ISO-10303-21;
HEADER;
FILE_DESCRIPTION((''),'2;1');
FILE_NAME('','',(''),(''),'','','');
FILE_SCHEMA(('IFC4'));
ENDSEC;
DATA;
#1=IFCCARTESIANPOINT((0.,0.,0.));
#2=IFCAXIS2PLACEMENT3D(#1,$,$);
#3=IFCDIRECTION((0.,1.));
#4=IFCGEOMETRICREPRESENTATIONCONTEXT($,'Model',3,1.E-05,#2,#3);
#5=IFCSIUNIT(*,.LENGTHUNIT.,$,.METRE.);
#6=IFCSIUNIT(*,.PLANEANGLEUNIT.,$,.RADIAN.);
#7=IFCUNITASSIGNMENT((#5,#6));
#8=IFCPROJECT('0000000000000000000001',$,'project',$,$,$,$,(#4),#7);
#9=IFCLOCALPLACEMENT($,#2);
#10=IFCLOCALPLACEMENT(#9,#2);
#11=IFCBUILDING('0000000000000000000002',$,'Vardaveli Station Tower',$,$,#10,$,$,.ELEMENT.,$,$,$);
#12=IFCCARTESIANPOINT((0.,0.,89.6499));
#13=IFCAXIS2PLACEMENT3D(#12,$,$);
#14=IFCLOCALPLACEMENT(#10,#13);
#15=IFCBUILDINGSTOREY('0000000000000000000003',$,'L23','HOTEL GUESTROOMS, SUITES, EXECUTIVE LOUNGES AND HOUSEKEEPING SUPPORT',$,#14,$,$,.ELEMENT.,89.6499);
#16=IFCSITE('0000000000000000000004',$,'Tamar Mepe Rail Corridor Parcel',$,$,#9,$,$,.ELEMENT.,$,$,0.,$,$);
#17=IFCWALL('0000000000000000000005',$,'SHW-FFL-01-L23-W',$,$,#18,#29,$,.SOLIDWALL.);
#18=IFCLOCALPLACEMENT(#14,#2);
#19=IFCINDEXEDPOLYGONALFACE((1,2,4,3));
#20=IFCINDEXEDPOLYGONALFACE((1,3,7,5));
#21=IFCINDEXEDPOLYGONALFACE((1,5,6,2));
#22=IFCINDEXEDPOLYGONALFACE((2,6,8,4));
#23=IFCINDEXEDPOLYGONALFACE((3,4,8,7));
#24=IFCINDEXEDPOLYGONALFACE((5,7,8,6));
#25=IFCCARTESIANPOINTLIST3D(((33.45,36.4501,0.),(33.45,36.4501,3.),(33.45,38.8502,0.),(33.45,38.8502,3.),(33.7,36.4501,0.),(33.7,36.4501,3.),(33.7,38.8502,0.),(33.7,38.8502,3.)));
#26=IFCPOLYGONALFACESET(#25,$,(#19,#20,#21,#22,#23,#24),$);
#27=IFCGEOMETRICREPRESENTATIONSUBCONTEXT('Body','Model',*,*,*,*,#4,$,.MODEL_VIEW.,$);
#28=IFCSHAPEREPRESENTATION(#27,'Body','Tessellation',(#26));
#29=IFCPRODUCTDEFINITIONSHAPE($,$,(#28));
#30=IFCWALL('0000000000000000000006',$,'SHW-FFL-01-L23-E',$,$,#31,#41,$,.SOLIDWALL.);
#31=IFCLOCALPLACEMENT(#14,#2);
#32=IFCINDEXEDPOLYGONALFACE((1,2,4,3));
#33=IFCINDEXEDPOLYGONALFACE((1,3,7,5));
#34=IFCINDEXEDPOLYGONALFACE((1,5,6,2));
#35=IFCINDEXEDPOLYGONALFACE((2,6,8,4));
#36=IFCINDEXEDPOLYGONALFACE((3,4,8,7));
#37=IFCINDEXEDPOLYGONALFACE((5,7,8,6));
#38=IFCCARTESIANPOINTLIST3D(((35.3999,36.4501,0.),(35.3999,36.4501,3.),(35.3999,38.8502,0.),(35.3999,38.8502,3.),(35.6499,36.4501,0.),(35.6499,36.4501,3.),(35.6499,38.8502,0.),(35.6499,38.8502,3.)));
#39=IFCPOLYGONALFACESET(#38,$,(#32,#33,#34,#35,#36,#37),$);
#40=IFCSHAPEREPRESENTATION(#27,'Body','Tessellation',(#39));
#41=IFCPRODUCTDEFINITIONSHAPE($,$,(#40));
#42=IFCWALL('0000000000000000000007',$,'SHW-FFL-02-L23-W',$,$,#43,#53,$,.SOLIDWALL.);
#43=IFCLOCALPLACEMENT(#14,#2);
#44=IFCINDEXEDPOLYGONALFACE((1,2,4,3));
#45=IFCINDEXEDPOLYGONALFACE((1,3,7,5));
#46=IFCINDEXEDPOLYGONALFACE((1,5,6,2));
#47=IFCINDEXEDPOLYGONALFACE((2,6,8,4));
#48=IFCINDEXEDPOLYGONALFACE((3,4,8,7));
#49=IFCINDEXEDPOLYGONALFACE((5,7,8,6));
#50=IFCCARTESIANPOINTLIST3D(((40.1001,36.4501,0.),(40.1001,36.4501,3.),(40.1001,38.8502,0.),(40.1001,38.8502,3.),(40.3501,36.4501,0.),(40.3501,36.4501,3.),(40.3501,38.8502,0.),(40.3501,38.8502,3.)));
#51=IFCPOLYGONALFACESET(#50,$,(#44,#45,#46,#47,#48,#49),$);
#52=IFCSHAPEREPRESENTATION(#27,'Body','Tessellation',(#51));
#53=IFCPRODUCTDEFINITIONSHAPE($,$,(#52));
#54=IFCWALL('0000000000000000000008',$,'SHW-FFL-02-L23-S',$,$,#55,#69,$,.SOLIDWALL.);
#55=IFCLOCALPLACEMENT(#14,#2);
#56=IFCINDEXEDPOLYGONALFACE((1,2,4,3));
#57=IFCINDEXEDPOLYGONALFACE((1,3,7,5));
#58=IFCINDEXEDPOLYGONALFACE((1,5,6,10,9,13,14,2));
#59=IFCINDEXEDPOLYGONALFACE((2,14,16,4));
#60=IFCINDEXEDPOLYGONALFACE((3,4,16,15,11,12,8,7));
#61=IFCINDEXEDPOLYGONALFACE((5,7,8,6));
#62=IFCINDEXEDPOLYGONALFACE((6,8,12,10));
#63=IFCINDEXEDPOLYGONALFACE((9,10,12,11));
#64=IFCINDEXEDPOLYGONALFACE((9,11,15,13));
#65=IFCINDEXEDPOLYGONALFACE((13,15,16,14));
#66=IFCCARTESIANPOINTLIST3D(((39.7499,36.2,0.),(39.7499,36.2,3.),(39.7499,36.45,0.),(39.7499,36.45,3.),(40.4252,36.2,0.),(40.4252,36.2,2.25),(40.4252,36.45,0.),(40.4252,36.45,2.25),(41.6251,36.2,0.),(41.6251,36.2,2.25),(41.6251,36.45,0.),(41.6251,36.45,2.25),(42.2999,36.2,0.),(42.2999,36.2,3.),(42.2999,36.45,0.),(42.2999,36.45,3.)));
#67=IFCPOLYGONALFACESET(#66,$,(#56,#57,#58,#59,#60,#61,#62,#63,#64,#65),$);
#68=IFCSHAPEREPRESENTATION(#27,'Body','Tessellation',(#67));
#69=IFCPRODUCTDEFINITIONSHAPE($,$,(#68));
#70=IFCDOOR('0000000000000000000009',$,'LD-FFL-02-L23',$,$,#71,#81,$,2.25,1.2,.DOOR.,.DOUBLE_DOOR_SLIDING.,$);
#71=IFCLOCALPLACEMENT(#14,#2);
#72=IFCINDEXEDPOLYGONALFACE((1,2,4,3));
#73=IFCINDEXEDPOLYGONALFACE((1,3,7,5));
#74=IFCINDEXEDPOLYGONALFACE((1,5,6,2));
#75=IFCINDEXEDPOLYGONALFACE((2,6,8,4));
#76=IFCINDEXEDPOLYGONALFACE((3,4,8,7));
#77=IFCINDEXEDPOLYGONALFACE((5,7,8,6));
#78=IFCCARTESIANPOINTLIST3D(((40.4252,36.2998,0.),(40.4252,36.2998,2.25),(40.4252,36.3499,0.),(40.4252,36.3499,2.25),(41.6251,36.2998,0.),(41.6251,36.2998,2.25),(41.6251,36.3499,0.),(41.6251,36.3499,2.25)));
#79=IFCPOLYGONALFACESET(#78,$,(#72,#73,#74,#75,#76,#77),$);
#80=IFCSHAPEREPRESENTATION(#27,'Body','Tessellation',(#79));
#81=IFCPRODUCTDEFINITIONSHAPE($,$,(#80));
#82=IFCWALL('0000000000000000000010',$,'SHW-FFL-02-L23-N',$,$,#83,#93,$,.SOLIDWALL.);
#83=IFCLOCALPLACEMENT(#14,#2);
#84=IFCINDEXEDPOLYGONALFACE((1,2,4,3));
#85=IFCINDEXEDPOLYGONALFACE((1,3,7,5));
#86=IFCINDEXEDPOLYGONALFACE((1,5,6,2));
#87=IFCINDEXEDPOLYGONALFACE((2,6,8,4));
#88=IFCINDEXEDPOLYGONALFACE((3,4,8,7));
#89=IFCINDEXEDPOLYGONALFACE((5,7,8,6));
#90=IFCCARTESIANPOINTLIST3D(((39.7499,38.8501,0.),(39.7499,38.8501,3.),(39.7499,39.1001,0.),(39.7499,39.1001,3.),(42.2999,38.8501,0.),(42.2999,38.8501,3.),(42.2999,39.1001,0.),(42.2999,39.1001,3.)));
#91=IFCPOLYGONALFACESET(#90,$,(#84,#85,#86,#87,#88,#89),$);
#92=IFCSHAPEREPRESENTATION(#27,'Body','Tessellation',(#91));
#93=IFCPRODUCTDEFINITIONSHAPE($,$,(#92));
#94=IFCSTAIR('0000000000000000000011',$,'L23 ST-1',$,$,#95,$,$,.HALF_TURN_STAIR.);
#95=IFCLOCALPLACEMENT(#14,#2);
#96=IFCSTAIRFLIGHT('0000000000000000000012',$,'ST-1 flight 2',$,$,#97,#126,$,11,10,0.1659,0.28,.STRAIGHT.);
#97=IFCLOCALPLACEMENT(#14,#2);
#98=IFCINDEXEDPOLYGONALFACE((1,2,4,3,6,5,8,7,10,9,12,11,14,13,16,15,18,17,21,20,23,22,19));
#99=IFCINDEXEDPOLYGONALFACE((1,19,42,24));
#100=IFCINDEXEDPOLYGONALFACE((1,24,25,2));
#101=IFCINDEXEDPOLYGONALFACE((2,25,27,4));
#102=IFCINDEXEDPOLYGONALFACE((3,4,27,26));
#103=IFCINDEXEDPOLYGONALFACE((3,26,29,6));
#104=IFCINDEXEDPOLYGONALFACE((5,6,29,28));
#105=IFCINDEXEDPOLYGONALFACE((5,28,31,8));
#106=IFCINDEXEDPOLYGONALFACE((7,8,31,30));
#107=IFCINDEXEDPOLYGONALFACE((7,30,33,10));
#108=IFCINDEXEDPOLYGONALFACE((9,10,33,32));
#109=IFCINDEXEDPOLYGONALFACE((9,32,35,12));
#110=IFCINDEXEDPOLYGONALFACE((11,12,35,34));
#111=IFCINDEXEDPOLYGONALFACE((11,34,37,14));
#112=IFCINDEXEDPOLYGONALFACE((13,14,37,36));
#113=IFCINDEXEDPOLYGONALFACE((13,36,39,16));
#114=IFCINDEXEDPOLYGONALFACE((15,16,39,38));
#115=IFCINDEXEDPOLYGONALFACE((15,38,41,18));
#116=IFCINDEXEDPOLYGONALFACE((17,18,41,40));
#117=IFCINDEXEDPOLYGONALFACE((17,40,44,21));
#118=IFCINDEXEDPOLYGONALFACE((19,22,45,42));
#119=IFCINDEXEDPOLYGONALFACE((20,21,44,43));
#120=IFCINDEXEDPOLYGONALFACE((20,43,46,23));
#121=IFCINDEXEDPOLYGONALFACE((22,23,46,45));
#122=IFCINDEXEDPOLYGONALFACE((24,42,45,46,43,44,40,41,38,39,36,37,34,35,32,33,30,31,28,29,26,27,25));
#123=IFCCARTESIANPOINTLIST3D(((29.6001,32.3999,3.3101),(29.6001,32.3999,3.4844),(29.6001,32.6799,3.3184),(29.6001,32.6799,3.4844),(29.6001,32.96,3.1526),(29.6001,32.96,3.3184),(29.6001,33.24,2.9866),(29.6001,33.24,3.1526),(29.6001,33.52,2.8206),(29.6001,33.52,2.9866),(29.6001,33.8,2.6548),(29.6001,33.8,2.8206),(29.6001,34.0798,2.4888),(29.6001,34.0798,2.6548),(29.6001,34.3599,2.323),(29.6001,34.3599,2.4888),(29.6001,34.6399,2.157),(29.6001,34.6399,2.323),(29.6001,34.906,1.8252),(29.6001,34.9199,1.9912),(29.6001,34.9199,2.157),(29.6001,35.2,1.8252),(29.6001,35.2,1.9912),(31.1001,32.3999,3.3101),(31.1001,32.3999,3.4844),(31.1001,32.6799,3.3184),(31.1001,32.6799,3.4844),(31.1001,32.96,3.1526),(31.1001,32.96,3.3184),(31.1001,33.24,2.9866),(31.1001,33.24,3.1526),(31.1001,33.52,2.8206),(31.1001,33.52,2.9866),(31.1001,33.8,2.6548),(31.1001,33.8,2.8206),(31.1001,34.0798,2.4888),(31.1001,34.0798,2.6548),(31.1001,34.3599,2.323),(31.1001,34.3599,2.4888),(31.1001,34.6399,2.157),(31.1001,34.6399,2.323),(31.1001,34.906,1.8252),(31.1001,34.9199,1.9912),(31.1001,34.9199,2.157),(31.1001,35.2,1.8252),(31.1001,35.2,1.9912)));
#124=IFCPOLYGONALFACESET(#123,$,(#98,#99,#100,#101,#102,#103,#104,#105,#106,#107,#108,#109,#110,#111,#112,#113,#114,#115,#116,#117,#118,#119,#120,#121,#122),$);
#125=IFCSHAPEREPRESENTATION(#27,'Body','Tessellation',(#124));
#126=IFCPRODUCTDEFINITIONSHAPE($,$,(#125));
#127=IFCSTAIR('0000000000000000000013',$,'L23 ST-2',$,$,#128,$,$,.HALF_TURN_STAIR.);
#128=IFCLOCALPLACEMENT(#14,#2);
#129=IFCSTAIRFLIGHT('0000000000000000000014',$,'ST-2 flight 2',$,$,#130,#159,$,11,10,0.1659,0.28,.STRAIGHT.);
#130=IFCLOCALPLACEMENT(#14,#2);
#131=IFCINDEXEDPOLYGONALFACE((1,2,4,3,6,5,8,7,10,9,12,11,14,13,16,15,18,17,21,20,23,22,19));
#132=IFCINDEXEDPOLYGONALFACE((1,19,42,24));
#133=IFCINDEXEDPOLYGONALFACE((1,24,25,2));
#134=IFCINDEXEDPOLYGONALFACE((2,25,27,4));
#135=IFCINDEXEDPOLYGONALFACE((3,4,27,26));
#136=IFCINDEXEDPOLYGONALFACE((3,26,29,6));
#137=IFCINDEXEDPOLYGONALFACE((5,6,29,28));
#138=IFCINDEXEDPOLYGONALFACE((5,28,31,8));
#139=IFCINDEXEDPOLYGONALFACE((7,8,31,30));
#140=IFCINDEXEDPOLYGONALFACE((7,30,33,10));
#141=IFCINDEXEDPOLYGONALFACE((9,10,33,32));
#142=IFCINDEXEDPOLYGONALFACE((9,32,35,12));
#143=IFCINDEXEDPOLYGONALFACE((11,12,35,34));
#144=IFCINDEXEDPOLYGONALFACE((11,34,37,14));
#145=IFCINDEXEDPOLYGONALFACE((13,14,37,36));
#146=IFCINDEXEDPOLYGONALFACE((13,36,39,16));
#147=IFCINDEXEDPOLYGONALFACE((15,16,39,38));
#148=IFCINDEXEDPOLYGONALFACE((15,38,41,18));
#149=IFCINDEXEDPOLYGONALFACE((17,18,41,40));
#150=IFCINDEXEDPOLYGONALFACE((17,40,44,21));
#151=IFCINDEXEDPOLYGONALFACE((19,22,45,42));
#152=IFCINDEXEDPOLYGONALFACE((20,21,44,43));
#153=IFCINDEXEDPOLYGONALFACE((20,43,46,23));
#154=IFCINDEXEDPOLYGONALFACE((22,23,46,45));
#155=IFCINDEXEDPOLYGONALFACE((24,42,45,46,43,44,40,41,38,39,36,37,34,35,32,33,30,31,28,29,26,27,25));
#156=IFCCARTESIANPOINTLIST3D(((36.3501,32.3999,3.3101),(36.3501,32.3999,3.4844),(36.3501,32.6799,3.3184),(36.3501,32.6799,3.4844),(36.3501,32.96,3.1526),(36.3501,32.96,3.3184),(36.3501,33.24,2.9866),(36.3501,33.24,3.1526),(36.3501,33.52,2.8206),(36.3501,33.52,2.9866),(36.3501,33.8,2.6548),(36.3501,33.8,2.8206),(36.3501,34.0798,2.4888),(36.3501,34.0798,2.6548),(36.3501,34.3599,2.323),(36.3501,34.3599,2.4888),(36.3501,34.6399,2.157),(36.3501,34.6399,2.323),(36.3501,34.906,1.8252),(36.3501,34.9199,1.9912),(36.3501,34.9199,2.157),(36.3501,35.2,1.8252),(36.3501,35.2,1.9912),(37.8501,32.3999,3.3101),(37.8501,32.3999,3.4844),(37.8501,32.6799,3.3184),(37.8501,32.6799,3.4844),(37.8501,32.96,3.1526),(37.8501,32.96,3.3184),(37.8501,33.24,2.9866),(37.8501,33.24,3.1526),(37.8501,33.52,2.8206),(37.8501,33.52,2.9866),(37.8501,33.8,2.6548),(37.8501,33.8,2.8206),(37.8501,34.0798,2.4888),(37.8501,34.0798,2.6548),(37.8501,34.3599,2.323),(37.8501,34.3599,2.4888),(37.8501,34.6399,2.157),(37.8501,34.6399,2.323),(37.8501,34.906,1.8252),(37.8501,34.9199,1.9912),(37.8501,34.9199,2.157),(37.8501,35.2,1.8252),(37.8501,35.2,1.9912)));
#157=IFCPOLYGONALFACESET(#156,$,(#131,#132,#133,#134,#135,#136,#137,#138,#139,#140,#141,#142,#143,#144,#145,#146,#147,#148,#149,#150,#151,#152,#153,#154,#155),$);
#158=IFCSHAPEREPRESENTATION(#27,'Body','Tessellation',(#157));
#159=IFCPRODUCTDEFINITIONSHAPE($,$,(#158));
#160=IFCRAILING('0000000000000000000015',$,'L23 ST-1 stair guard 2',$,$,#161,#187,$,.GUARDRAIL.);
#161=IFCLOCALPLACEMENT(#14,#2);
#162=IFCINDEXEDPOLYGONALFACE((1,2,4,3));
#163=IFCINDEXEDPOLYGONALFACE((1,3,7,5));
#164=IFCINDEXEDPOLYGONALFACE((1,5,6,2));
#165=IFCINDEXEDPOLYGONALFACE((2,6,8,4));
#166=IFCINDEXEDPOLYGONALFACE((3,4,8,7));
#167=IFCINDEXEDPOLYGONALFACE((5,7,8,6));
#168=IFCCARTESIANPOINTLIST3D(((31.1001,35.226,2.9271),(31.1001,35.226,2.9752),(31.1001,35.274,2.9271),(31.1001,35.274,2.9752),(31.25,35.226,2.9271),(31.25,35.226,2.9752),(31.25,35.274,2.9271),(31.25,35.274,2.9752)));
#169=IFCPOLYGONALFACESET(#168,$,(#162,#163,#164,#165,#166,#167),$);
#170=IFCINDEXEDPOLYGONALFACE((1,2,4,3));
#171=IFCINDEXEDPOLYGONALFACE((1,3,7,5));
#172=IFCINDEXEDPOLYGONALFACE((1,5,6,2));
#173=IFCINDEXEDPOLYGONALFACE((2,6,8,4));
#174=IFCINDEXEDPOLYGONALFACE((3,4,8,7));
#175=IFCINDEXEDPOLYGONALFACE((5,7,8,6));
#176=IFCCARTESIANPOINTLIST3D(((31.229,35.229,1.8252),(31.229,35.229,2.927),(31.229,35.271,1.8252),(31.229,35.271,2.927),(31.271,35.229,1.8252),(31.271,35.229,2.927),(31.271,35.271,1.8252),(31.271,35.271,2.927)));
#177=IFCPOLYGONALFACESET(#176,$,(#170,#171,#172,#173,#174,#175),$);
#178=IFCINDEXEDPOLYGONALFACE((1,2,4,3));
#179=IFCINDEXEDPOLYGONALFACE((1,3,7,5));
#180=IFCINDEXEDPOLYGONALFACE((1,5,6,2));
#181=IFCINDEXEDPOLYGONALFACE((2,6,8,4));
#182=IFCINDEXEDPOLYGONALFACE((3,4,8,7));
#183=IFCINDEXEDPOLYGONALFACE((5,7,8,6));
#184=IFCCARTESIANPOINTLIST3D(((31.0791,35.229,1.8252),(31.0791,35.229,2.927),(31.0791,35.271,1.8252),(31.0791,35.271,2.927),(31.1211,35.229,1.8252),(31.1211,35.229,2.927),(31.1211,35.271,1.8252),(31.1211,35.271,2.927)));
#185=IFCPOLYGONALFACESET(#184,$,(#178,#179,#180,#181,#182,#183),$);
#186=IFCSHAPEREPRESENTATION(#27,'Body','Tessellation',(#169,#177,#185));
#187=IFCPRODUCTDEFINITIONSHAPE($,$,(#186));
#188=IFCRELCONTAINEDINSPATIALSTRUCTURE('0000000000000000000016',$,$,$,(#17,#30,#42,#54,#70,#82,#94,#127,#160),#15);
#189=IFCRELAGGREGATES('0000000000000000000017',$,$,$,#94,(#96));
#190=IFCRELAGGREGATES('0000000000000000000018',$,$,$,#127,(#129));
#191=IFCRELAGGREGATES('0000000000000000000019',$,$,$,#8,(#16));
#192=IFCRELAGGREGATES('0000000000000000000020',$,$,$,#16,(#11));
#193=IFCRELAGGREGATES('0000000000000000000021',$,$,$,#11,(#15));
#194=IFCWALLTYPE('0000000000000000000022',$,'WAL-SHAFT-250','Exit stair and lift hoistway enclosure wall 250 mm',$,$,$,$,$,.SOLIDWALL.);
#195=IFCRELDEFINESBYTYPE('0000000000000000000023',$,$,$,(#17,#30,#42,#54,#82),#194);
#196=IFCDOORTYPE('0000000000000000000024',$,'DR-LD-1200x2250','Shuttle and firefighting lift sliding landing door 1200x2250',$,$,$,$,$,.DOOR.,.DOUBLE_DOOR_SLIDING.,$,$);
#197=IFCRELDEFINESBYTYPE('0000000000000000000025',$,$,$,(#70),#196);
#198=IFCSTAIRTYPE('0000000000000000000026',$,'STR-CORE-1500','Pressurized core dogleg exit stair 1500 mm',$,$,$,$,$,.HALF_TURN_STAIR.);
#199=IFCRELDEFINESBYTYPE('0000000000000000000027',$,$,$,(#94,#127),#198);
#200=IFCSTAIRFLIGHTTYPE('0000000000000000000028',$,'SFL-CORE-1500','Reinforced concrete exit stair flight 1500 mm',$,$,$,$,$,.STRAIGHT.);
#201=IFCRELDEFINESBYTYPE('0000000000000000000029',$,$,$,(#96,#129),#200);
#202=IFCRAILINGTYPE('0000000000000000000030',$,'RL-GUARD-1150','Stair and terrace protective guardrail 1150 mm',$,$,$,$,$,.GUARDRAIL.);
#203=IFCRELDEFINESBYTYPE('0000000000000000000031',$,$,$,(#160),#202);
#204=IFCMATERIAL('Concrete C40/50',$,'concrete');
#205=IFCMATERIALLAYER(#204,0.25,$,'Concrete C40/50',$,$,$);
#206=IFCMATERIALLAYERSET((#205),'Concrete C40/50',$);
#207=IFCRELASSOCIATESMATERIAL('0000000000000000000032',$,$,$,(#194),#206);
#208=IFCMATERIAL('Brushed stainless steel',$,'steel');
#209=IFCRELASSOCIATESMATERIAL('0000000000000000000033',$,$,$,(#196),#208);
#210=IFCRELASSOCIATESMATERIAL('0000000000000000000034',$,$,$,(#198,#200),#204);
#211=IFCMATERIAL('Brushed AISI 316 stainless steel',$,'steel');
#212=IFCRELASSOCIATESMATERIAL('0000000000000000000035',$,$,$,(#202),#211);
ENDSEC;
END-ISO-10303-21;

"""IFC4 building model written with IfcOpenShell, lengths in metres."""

from ifc_helpers import new_model, si_unit, direction, frame, frame_2d, origin, origin_2d, place, context, subcontext, project, spatial, polyline, rectangle, outline, extrude, source, transform, mapped, material, layer, layer_set, type_object, element, fill, aggregate, save


model = new_model("IFC4")

# Units and contexts
model_context = context("Model", 3, precision=1e-05, world=origin(), true_north=direction((0.0, 1.0)))
body_context = subcontext(model_context, "Body", "Model", "MODEL_VIEW")
ifc_project = project(units=[si_unit("LENGTHUNIT", "METRE"), si_unit("PLANEANGLEUNIT", "RADIAN")], contexts=[model_context])

# Site, building, storey
site_placement = place(None, origin())
site = spatial("IfcSite", under=ifc_project, at=site_placement, Name="Tamar Mepe Rail Corridor Parcel", CompositionType="ELEMENT", RefElevation=0.0)
building_placement = place(site_placement, origin())
building = spatial("IfcBuilding", under=site, at=building_placement, Name="Vardaveli Station Tower", CompositionType="ELEMENT")
storey_placement = place(building_placement, frame((0.0, 0.0, 89.6499)))
storey = spatial("IfcBuildingStorey", under=building, at=storey_placement, Name="L23", Description="HOTEL GUESTROOMS, SUITES, EXECUTIVE LOUNGES AND HOUSEKEEPING SUPPORT", CompositionType="ELEMENT", Elevation=89.6499)

# Shared definitions
ifc_material_1 = material(Name="Concrete C40/50", Category="concrete")
ifc_layer_1 = layer(ifc_material_1, 0.25, Name="Concrete C40/50")
ifc_layer_set_1 = layer_set([ifc_layer_1], Name="Concrete C40/50")
wall_type_1 = type_object("IfcWallType", Name="WAL-SHAFT-250", Description="Exit stair and lift hoistway enclosure wall 250 mm", PredefinedType="SOLIDWALL", material=ifc_layer_set_1)

# Shared definitions
shared_shape_1 = source(origin(), body_context, "Body", "SweptSolid", [
    extrude(rectangle(XDim=1.2, YDim=2.25, at=frame_2d((0.6001, 1.125))), frame((0.0, 0.135, 0.0), z_axis=(0.0, -1.0, 0.0), x_axis=(1.0, 0.0, 0.0)), (0.0, 0.0, 1.0), 0.27),
])
ifc_material_2 = material(Name="Brushed stainless steel", Category="steel")
door_type = type_object("IfcDoorType", Name="DR-LD-1200x2250", Description="Shuttle and firefighting lift sliding landing door 1200x2250", OperationType="DOUBLE_DOOR_SLIDING", PredefinedType="DOOR", material=ifc_material_2)
shared_shape_2 = source(origin(), body_context, "Body", "SweptSolid", [
    extrude(rectangle(XDim=1.2, YDim=2.25, at=frame_2d((0.6001, 1.125))), frame((0.0, 0.0249, 0.0), z_axis=(0.0, -1.0, 0.0), x_axis=(1.0, 0.0, 0.0)), (0.0, 0.0, 1.0), 0.05),
])

# Walls
shared_shape_3 = source(origin(), body_context, "Body", "SweptSolid", [
    extrude(rectangle(XDim=2.4001, YDim=0.25, at=frame_2d((1.2002, 0.0))), origin(), (0.0, 0.0, 1.0), 3.0),
])
for number, where, z_axis, x_axis, name in (
    (1, (33.575, 36.45, 0.0), (0.0, 0.0, 1.0), (0.0, 1.0, 0.0), "SHW-FFL-01-L23-W"),
    (2, (35.5249, 36.45, 0.0), (0.0, 0.0, 1.0), (0.0, 1.0, 0.0), "SHW-FFL-01-L23-E"),
    (3, (40.2251, 36.45, 0.0), (0.0, 0.0, 1.0), (0.0, 1.0, 0.0), "SHW-FFL-02-L23-W"),
):
    element("IfcWall", number, at=place(storey_placement, frame(where, z_axis=z_axis, x_axis=x_axis)), inside=storey, type_object=wall_type_1, Name=name, PredefinedType="SOLIDWALL", context=body_context, shape_type="MappedRepresentation", body=[
        mapped(shared_shape_3, transform((0.0, 0.0, 0.0), scale=1.0)),
    ])

# Wall, opening, door
shared_shape_4 = source(origin(), body_context, "Body", "SweptSolid", [
    extrude(rectangle(XDim=2.55, YDim=0.25, at=frame_2d((1.2749, 0.0))), origin(), (0.0, 0.0, 1.0), 3.0),
])
wall_1_placement = place(storey_placement, frame((39.75, 36.325, 0.0), z_axis=(0.0, 0.0, 1.0), x_axis=(1.0, 0.0, 0.0)))
wall_1 = element("IfcWall", 4, at=wall_1_placement, inside=storey, type_object=wall_type_1, Name="SHW-FFL-02-L23-S", PredefinedType="SOLIDWALL", context=body_context, shape_type="MappedRepresentation", body=[
    mapped(shared_shape_4, transform((0.0, 0.0, 0.0), scale=1.0)),
])
opening_1_placement = place(wall_1_placement, frame((0.675, 0.0, 0.0)))
opening_1 = element("IfcOpeningElement", 5, at=opening_1_placement, cuts=wall_1, PredefinedType="OPENING", context=body_context, shape_type="MappedRepresentation", body=[
    mapped(shared_shape_1, transform((0.0, 0.0, 0.0), scale=1.0)),
])
door_1_placement = place(opening_1_placement, origin())
door_1 = element("IfcDoor", 6, at=door_1_placement, inside=storey, type_object=door_type, Name="LD-FFL-02-L23", OperationType="DOUBLE_DOOR_SLIDING", OverallHeight=2.25, OverallWidth=1.2, PredefinedType="DOOR", context=body_context, shape_type="MappedRepresentation", body=[
    mapped(shared_shape_2, transform((0.0, 0.0, 0.0), scale=1.0)),
])
fill(opening_1, door_1)

# Wall
wall_2_placement = place(storey_placement, frame((39.75, 38.9751, 0.0), z_axis=(0.0, 0.0, 1.0), x_axis=(1.0, 0.0, 0.0)))
element("IfcWall", 7, at=wall_2_placement, inside=storey, type_object=wall_type_1, Name="SHW-FFL-02-L23-N", PredefinedType="SOLIDWALL", context=body_context, shape_type="MappedRepresentation", body=[
    mapped(shared_shape_4, transform((0.0, 0.0, 0.0), scale=1.0)),
])

# Stairs, stair flights
stair_type = type_object("IfcStairType", Name="STR-CORE-1500", Description="Pressurized core dogleg exit stair 1500 mm", PredefinedType="HALF_TURN_STAIR", material=ifc_material_1)
stair_1_placement = place(storey_placement, origin())
stair_1 = element("IfcStair", 8, at=stair_1_placement, inside=storey, type_object=stair_type, Name="L23 ST-1", PredefinedType="HALF_TURN_STAIR")
stair_flight_type = type_object("IfcStairFlightType", Name="SFL-CORE-1500", Description="Reinforced concrete exit stair flight 1500 mm", PredefinedType="STRAIGHT", material=ifc_material_1)
shared_shape_5 = source(origin(), body_context, "Body", "SweptSolid", [
    extrude(outline(polyline([(0.0, 0.0), (0.0, 0.166), (0.28, 0.166), (0.28, 0.3318), (0.5601, 0.3318), (0.5601, 0.4978), (0.8401, 0.4978), (0.8401, 0.6636), (1.1201, 0.6636), (1.1201, 0.8296), (1.3999, 0.8296), (1.3999, 0.9954), (1.6799, 0.9954), (1.6799, 1.1614), (1.96, 1.1614), (1.96, 1.3274), (2.24, 1.3274), (2.24, 1.4932), (2.52, 1.4932), (2.52, 1.6592), (2.8, 1.6592), (2.8, 1.825), (2.8, 1.4849), (0.2939, 0.0), (0.0, 0.0)])), frame((0.0, 0.75, 0.0), z_axis=(0.0, -1.0, 0.0), x_axis=(1.0, 0.0, 0.0)), (0.0, 0.0, 1.0), 1.5),
])
stair_flight_1_placement = place(storey_placement, frame((30.3501, 35.2, 1.8252), z_axis=(0.0, 0.0, 1.0), x_axis=(0.0, -1.0, 0.0)))
stair_flight_1 = element("IfcStairFlight", 9, at=stair_flight_1_placement, type_object=stair_flight_type, Name="ST-1 flight 2", NumberOfRisers=11, NumberOfTreads=10, PredefinedType="STRAIGHT", RiserHeight=0.1659, TreadLength=0.28, context=body_context, shape_type="MappedRepresentation", body=[
    mapped(shared_shape_5, transform((0.0, 0.0, 0.0), scale=1.0)),
])
aggregate(stair_1, [stair_flight_1])
stair_2_placement = place(storey_placement, origin())
stair_2 = element("IfcStair", 10, at=stair_2_placement, inside=storey, type_object=stair_type, Name="L23 ST-2", PredefinedType="HALF_TURN_STAIR")
stair_flight_2_placement = place(storey_placement, frame((37.1001, 35.2, 1.8252), z_axis=(0.0, 0.0, 1.0), x_axis=(0.0, -1.0, 0.0)))
stair_flight_2 = element("IfcStairFlight", 11, at=stair_flight_2_placement, type_object=stair_flight_type, Name="ST-2 flight 2", NumberOfRisers=11, NumberOfTreads=10, PredefinedType="STRAIGHT", RiserHeight=0.1659, TreadLength=0.28, context=body_context, shape_type="MappedRepresentation", body=[
    mapped(shared_shape_5, transform((0.0, 0.0, 0.0), scale=1.0)),
])
aggregate(stair_2, [stair_flight_2])

# Railing
ifc_material_3 = material(Name="Brushed AISI 316 stainless steel", Category="steel")
railing_type_1 = type_object("IfcRailingType", Name="RL-GUARD-1150", Description="Stair and terrace protective guardrail 1150 mm", PredefinedType="GUARDRAIL", material=ifc_material_3)
shared_shape_6 = source(origin(), body_context, "Body", "SweptSolid", [
    extrude(rectangle(XDim=0.0481, YDim=0.0481, at=origin_2d()), frame((0.0, 0.0, 1.126), z_axis=(-1.0, 0.0, 0.0), x_axis=(0.0, -1.0, 0.0)), (0.0, 0.0, 1.0), 0.1499),
    extrude(rectangle(XDim=0.042, YDim=0.042, at=origin_2d()), origin(), (0.0, 0.0, 1.0), 1.1018),
    extrude(rectangle(XDim=0.042, YDim=0.042, at=origin_2d()), frame((-0.1499, 0.0, 0.0)), (0.0, 0.0, 1.0), 1.1018),
])
for number, where, name in (
    (12, (31.25, 35.25, 1.8252), "L23 ST-1 stair guard 2"),
):
    element("IfcRailing", number, at=place(storey_placement, frame(where)), inside=storey, type_object=railing_type_1, Name=name, PredefinedType="GUARDRAIL", context=body_context, shape_type="MappedRepresentation", body=[
        mapped(shared_shape_6, transform((0.0, 0.0, 0.0), scale=1.0)),
    ])

save(model, "model.ifc")
